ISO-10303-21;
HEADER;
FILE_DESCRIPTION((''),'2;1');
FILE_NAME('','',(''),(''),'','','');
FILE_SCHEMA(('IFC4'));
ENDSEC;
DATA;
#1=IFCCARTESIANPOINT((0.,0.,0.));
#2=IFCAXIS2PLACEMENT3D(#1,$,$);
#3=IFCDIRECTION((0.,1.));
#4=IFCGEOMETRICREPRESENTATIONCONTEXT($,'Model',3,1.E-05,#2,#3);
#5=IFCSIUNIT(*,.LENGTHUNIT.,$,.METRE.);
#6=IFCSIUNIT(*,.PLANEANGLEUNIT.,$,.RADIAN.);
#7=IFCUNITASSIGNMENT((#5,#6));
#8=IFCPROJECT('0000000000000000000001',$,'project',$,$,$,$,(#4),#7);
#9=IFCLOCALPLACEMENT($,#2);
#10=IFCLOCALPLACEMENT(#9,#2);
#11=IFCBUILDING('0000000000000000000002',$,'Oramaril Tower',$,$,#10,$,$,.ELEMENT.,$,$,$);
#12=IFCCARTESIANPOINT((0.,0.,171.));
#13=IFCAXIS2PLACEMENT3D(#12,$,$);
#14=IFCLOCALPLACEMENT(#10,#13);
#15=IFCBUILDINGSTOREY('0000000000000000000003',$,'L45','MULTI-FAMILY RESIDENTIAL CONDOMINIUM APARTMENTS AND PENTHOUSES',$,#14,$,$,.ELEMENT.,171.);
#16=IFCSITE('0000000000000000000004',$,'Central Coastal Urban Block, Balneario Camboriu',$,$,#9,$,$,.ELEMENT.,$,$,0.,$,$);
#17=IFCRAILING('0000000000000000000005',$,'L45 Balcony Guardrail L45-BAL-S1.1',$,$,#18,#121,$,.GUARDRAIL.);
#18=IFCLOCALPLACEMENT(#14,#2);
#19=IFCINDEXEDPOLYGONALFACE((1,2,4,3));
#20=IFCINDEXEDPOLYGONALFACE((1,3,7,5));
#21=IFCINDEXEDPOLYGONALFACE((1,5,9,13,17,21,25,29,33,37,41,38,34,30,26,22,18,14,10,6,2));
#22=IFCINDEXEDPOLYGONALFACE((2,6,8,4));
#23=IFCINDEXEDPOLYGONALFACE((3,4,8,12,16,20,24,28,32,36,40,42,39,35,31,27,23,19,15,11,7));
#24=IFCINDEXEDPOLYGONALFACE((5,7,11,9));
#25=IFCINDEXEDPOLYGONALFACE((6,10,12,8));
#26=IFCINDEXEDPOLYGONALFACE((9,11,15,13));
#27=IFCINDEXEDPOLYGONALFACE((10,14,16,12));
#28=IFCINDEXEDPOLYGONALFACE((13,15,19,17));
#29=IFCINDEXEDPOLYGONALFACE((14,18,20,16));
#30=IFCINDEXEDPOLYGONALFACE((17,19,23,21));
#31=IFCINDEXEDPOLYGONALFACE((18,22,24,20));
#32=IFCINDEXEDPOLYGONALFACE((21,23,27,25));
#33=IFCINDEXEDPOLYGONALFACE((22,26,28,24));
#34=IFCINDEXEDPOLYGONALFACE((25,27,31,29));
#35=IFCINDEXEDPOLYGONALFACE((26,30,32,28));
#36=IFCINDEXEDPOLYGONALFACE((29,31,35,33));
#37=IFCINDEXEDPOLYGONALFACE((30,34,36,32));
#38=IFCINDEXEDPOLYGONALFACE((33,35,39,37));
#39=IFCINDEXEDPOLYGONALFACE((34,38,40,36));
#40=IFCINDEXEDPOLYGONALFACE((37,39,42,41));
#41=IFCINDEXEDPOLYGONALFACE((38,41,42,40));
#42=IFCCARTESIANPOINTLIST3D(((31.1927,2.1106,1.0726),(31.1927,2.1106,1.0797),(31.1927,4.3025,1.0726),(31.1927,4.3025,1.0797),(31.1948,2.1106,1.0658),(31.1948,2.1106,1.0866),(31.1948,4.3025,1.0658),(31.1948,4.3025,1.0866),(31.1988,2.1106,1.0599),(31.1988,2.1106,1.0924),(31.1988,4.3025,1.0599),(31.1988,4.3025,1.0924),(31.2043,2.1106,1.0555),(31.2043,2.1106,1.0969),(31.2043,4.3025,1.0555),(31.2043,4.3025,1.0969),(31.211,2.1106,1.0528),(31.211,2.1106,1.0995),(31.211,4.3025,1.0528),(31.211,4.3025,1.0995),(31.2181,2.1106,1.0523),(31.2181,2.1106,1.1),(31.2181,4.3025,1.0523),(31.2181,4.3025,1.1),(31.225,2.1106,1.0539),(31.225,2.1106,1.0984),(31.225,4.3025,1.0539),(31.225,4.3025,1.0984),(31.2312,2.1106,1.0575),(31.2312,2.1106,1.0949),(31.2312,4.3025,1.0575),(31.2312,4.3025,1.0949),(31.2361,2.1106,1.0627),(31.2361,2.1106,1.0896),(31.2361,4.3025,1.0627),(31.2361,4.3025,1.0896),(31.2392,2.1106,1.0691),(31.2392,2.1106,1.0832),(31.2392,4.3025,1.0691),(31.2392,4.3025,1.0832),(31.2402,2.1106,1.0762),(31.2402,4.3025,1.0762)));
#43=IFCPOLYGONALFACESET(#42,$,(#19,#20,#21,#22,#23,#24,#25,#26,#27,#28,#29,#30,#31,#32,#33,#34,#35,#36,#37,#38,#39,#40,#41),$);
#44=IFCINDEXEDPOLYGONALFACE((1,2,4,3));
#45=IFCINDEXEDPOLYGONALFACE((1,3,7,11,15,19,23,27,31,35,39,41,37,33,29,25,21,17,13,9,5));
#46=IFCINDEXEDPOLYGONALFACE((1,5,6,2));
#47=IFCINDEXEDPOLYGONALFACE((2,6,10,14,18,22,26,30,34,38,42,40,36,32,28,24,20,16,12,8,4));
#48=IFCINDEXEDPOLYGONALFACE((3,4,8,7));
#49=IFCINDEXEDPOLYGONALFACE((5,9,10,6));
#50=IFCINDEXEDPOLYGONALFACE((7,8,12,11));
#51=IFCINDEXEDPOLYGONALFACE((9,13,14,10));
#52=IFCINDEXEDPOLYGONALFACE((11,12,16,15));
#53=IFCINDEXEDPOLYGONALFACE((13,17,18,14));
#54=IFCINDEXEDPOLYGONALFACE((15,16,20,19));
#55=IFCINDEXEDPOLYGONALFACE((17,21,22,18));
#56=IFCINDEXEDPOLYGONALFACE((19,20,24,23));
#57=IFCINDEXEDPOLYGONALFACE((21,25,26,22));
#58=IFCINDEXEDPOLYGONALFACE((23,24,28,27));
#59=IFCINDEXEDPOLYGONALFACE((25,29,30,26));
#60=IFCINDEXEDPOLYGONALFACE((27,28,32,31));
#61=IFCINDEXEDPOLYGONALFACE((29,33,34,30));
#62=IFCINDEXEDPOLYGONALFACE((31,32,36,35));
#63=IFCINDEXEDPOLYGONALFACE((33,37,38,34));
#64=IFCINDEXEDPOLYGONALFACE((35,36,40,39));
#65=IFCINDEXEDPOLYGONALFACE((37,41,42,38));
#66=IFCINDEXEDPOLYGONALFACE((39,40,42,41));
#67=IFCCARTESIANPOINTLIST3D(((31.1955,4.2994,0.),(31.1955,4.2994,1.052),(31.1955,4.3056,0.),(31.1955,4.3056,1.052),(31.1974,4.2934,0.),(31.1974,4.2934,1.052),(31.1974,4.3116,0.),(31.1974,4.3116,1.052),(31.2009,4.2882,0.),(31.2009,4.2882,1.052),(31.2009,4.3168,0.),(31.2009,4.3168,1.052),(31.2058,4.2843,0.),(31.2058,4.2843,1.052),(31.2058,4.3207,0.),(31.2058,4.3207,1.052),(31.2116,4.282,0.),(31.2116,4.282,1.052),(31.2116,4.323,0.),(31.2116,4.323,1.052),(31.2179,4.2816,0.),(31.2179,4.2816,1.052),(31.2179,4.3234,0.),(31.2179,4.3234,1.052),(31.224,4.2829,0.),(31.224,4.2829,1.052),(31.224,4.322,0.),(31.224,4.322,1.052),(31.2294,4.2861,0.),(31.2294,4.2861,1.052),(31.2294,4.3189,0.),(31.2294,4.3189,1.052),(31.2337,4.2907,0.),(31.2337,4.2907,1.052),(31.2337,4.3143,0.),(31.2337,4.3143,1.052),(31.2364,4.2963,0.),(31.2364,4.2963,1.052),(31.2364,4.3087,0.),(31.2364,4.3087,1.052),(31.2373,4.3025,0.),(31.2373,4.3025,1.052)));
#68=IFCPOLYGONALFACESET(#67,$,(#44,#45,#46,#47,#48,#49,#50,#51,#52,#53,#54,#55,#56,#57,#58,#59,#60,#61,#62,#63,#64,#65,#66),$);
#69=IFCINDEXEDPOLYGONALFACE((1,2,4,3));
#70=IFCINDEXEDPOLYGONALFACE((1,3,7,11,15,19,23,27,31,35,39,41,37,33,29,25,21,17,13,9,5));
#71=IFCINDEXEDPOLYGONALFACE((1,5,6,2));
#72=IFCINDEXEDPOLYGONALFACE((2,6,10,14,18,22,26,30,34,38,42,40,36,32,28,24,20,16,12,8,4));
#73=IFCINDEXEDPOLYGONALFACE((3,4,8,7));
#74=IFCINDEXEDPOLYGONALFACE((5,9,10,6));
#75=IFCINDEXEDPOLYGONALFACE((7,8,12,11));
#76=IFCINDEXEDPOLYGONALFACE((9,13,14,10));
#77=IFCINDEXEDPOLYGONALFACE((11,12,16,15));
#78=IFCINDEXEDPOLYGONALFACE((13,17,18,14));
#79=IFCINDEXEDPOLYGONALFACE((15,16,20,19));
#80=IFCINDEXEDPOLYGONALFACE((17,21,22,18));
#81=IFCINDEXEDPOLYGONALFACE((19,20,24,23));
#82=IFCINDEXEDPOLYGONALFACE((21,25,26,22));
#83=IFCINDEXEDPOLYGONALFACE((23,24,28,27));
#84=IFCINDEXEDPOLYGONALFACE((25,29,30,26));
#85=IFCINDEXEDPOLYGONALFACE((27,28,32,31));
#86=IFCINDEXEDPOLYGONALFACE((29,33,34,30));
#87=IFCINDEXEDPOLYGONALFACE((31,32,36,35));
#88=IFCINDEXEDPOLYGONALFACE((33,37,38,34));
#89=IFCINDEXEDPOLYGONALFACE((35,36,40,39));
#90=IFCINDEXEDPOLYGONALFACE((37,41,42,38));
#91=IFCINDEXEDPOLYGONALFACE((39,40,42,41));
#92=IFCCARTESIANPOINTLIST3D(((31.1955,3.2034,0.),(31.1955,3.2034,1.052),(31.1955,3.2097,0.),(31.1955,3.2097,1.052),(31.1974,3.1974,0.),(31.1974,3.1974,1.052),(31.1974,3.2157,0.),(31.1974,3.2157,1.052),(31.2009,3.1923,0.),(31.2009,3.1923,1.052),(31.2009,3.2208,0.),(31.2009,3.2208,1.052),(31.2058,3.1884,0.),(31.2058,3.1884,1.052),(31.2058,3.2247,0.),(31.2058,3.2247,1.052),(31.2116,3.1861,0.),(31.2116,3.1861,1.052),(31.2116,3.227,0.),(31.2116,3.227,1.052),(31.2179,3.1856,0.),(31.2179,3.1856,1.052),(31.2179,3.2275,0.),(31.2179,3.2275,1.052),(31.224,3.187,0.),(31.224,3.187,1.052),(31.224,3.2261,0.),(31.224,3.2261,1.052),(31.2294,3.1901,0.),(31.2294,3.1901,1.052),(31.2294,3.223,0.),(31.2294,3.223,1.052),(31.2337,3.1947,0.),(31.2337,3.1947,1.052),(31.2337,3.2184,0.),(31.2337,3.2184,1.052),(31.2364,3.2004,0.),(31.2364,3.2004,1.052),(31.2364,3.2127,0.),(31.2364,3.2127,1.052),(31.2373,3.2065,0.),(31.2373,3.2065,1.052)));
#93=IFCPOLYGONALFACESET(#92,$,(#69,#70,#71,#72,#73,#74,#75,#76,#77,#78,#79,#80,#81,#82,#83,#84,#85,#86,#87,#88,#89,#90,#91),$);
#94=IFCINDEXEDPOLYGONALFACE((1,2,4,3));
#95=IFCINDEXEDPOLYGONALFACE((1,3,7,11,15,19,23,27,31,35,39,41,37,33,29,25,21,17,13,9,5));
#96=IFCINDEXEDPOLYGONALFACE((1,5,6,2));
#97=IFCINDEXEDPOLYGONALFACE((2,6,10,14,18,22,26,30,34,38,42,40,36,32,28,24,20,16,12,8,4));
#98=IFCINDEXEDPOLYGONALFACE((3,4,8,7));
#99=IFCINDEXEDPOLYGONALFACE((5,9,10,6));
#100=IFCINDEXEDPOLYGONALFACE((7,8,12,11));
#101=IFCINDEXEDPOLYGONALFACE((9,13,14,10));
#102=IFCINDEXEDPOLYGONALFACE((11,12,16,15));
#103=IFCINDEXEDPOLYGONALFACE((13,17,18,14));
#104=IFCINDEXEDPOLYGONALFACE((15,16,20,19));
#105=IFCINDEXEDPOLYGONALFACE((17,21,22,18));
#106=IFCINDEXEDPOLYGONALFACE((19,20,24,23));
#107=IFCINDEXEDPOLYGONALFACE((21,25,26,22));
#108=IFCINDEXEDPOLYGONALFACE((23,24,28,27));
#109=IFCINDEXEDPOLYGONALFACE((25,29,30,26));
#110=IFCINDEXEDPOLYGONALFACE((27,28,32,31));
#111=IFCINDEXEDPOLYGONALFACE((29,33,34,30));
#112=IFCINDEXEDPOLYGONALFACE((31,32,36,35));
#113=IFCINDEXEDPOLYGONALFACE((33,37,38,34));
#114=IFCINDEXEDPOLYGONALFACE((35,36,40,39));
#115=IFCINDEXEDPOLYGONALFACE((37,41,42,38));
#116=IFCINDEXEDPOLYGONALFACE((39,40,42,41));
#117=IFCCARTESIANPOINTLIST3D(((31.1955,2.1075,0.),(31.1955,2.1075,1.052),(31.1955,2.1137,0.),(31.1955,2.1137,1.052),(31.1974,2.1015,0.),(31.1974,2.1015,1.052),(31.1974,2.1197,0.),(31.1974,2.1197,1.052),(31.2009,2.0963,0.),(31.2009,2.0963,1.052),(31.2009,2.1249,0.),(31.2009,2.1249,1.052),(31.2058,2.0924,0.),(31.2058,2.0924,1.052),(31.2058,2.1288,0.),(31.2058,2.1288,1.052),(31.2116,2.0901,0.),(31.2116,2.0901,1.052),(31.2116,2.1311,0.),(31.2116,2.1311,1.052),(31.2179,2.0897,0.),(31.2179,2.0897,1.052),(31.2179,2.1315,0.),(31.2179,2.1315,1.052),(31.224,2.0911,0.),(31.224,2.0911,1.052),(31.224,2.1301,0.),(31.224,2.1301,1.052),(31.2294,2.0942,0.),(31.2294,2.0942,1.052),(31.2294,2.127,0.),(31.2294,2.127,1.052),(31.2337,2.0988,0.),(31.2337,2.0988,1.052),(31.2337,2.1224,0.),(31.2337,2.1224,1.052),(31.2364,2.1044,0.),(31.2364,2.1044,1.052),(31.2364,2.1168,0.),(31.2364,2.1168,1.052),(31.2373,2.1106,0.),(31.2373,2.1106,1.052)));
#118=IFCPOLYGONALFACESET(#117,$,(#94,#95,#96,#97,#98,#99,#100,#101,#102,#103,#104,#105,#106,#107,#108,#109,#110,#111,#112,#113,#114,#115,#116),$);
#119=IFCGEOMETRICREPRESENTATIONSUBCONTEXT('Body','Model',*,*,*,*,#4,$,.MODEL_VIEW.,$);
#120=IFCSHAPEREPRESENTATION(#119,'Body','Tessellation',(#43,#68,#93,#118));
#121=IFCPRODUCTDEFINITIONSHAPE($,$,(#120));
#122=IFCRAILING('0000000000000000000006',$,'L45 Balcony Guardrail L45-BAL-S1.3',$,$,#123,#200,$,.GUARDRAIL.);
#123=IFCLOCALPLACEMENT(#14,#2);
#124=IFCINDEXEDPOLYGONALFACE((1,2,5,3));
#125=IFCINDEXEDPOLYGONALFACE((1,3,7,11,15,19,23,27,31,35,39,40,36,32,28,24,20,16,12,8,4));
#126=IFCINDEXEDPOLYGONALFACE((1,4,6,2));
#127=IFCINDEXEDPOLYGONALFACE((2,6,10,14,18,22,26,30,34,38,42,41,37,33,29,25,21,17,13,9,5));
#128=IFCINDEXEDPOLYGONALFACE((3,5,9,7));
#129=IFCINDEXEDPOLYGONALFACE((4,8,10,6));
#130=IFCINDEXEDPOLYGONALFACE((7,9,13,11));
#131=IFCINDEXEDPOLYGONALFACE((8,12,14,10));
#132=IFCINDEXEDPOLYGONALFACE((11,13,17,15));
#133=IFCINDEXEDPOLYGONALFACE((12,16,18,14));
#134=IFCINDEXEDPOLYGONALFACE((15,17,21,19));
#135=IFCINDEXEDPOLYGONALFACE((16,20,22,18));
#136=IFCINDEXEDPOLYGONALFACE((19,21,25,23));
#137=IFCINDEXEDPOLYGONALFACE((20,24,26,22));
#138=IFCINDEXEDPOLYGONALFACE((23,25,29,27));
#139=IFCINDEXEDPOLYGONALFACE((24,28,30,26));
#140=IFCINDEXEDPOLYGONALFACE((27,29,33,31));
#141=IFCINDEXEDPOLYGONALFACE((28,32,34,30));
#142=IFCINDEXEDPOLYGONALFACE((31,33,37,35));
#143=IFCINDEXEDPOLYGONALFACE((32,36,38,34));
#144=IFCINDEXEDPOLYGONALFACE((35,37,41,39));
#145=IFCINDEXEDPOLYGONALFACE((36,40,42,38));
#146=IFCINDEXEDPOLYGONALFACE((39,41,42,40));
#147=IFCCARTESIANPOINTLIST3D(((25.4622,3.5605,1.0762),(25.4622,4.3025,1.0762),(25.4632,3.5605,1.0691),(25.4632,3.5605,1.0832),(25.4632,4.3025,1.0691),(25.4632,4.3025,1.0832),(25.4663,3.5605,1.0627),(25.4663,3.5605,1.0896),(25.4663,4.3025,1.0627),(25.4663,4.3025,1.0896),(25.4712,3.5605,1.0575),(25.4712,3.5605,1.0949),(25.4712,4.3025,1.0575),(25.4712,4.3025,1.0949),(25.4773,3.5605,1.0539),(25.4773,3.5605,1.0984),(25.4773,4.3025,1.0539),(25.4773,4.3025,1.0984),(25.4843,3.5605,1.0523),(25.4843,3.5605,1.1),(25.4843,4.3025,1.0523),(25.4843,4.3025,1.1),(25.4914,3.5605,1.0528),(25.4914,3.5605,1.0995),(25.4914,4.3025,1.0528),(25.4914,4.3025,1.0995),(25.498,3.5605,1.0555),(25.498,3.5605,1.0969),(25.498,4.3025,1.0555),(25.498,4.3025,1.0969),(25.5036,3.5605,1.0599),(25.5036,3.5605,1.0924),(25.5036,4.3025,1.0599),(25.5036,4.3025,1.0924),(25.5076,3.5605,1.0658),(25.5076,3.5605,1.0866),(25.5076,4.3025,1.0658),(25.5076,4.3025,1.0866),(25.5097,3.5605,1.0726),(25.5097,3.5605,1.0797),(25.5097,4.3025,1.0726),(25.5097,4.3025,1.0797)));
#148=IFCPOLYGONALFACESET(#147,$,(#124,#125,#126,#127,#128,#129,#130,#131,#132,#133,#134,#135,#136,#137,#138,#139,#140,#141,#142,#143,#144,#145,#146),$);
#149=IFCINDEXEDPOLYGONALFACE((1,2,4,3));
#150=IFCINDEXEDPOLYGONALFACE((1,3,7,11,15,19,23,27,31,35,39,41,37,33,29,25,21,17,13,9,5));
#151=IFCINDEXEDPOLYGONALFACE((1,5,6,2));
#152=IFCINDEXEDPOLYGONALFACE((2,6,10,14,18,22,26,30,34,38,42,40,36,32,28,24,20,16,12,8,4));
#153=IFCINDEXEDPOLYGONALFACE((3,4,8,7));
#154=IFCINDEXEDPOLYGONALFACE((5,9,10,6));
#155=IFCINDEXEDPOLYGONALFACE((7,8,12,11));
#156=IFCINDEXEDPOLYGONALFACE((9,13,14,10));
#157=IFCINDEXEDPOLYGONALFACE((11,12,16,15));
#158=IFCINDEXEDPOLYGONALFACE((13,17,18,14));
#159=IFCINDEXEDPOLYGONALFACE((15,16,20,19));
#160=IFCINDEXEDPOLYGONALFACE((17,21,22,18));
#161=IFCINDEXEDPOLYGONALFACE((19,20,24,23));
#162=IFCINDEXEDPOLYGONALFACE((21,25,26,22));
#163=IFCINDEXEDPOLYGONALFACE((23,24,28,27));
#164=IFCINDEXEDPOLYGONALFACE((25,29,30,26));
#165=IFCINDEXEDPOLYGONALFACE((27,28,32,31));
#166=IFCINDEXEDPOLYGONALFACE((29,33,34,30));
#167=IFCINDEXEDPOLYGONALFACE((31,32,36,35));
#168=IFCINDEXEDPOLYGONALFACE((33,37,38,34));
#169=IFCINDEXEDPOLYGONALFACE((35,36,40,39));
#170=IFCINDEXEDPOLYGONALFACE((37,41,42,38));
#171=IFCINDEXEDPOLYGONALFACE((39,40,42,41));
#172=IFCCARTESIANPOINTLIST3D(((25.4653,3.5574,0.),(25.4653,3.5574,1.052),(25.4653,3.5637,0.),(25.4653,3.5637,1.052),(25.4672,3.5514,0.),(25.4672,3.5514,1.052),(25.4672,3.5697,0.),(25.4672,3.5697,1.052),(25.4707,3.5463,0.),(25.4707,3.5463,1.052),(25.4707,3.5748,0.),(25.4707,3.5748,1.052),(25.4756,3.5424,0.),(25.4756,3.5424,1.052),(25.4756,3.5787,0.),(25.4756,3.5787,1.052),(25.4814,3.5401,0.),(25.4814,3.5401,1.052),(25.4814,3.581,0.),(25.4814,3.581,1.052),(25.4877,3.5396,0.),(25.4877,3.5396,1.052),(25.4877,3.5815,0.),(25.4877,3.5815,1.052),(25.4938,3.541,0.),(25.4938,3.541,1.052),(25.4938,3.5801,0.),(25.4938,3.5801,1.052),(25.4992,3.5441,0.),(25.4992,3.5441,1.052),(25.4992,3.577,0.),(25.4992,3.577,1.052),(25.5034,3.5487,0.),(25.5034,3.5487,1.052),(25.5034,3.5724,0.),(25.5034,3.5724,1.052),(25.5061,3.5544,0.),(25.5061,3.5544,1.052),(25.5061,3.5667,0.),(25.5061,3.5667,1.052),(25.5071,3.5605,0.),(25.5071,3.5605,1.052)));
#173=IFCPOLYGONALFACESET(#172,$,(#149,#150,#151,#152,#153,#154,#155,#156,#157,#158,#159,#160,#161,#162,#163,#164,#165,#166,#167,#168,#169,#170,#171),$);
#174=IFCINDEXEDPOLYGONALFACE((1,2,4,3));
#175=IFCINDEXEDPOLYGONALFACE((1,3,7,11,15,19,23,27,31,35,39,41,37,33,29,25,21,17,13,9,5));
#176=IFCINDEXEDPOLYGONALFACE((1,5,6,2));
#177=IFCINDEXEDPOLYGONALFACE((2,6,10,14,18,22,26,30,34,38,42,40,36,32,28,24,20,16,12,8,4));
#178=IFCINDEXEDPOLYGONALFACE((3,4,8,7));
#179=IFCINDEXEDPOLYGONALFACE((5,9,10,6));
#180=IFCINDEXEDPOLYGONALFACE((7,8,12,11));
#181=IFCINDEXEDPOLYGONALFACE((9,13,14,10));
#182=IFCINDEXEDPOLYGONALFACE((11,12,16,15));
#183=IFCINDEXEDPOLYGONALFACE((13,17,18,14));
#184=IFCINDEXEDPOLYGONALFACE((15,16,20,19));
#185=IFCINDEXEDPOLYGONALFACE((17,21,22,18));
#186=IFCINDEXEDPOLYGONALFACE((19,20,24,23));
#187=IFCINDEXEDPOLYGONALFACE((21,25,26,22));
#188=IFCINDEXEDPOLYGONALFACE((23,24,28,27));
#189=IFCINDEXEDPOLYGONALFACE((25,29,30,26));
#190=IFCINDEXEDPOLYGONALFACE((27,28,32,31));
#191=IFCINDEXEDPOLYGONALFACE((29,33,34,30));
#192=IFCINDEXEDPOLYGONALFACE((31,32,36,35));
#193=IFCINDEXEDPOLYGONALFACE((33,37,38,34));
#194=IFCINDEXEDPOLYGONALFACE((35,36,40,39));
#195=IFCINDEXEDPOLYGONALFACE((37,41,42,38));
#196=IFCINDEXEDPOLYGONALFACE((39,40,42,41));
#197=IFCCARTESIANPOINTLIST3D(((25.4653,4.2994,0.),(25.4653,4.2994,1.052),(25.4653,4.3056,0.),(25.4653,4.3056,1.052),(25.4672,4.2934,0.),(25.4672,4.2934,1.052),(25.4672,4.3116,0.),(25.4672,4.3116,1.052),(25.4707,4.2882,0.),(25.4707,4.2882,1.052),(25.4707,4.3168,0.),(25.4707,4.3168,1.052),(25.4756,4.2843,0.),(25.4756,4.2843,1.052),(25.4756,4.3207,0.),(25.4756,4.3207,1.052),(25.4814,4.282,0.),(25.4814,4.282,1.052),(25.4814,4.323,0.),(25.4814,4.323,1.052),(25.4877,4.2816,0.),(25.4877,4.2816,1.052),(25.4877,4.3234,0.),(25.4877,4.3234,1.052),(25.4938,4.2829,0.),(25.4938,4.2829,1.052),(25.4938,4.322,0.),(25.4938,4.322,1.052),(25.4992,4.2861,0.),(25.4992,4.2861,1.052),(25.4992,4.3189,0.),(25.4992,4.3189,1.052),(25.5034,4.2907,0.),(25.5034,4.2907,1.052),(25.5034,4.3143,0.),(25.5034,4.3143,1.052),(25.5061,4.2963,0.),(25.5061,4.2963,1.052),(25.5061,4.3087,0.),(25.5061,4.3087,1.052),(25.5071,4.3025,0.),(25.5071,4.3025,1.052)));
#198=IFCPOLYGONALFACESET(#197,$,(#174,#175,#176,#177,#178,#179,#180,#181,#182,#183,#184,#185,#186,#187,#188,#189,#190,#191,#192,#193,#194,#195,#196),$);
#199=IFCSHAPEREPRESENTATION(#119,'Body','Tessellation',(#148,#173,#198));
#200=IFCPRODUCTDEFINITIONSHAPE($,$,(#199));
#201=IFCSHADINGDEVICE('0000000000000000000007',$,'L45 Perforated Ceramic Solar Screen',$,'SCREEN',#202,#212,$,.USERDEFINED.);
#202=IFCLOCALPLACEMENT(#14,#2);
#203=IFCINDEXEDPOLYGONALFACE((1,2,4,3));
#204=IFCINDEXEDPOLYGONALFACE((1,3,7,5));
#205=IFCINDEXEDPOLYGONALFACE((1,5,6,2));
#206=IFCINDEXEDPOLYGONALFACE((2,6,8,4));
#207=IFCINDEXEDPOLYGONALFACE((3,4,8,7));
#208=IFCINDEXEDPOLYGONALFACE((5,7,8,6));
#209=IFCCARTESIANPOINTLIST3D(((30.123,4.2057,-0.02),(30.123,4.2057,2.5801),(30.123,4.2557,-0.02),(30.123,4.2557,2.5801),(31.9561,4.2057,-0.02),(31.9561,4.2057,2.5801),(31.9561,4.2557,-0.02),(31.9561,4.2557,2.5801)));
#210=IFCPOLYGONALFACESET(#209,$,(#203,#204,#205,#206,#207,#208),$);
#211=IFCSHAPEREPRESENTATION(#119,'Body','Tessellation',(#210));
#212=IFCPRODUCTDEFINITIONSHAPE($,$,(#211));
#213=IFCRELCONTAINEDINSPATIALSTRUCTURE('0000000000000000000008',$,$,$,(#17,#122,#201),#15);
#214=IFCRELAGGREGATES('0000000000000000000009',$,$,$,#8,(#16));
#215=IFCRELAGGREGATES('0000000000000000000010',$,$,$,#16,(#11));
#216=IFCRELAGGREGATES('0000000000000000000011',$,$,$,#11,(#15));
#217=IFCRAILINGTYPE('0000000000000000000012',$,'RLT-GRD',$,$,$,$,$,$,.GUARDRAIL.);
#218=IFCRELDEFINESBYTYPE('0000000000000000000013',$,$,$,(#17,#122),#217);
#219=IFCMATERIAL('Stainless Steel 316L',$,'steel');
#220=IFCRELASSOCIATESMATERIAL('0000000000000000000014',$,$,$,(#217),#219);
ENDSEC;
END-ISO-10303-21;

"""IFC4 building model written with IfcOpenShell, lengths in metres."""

from ifc_helpers import new_model, si_unit, direction, frame, origin, origin_2d, place, context, subcontext, project, spatial, rectangle, circle, extrude, material, type_object, element, save


model = new_model("IFC4")

# Units and contexts
model_context = context("Model", 3, precision=1e-05, world=origin(), true_north=direction((0.0, 1.0)))
body_context = subcontext(model_context, "Body", "Model", "MODEL_VIEW")
ifc_project = project(units=[si_unit("LENGTHUNIT", "METRE"), si_unit("PLANEANGLEUNIT", "RADIAN")], contexts=[model_context])

# Site, building, storey
site_placement = place(None, origin())
site = spatial("IfcSite", under=ifc_project, at=site_placement, Name="Central Coastal Urban Block, Balneario Camboriu", CompositionType="ELEMENT", RefElevation=0.0)
building_placement = place(site_placement, origin())
building = spatial("IfcBuilding", under=site, at=building_placement, Name="Oramaril Tower", CompositionType="ELEMENT")
storey_placement = place(building_placement, frame((0.0, 0.0, 171.0)))
storey = spatial("IfcBuildingStorey", under=building, at=storey_placement, Name="L45", Description="MULTI-FAMILY RESIDENTIAL CONDOMINIUM APARTMENTS AND PENTHOUSES", CompositionType="ELEMENT", Elevation=171.0)

# Railings
ifc_material_1 = material(Name="Stainless Steel 316L", Category="steel")
railing_type = type_object("IfcRailingType", Name="RLT-GRD", PredefinedType="GUARDRAIL", material=ifc_material_1)
railing_1_placement = place(storey_placement, frame((31.2163, 4.3025, 0.0)))
element("IfcRailing", 1, at=railing_1_placement, inside=storey, type_object=railing_type, Name="L45 Balcony Guardrail L45-BAL-S1.1", PredefinedType="GUARDRAIL", context=body_context, shape_type="SweptSolid", body=[
    extrude(circle(Radius=0.0239, at=origin_2d()), frame((0.0, 0.0, 1.0762), z_axis=(0.0, -1.0, 0.0), x_axis=(1.0, 0.0, 0.0)), (0.0, 0.0, 1.0), 2.1919),
    extrude(circle(Radius=0.021, at=origin_2d()), origin(), (0.0, 0.0, 1.0), 1.052),
    extrude(circle(Radius=0.021, at=origin_2d()), frame((0.0, -1.0959, 0.0)), (0.0, 0.0, 1.0), 1.052),
    extrude(circle(Radius=0.021, at=origin_2d()), frame((0.0, -2.1919, 0.0)), (0.0, 0.0, 1.0), 1.052),
])
railing_2_placement = place(storey_placement, frame((25.4861, 3.5605, 0.0)))
element("IfcRailing", 2, at=railing_2_placement, inside=storey, type_object=railing_type, Name="L45 Balcony Guardrail L45-BAL-S1.3", PredefinedType="GUARDRAIL", context=body_context, shape_type="SweptSolid", body=[
    extrude(circle(Radius=0.0239, at=origin_2d()), frame((0.0, 0.0, 1.0762), z_axis=(0.0, 1.0, 0.0), x_axis=(-1.0, 0.0, 0.0)), (0.0, 0.0, 1.0), 0.7419),
    extrude(circle(Radius=0.021, at=origin_2d()), origin(), (0.0, 0.0, 1.0), 1.052),
    extrude(circle(Radius=0.021, at=origin_2d()), frame((0.0, 0.7419, 0.0)), (0.0, 0.0, 1.0), 1.052),
])

# Shading device
shading_device_placement = place(storey_placement, frame((31.0396, 4.2307, -0.02), z_axis=(0.0, 0.0, 1.0), x_axis=(1.0, 0.0, 0.0)))
element("IfcShadingDevice", 3, at=shading_device_placement, inside=storey, Name="L45 Perforated Ceramic Solar Screen", ObjectType="SCREEN", PredefinedType="USERDEFINED", context=body_context, shape_type="SweptSolid", body=[
    extrude(rectangle(XDim=1.833, YDim=0.05, at=origin_2d()), origin(), (0.0, 0.0, 1.0), 2.6001),
])

save(model, "model.ifc")
